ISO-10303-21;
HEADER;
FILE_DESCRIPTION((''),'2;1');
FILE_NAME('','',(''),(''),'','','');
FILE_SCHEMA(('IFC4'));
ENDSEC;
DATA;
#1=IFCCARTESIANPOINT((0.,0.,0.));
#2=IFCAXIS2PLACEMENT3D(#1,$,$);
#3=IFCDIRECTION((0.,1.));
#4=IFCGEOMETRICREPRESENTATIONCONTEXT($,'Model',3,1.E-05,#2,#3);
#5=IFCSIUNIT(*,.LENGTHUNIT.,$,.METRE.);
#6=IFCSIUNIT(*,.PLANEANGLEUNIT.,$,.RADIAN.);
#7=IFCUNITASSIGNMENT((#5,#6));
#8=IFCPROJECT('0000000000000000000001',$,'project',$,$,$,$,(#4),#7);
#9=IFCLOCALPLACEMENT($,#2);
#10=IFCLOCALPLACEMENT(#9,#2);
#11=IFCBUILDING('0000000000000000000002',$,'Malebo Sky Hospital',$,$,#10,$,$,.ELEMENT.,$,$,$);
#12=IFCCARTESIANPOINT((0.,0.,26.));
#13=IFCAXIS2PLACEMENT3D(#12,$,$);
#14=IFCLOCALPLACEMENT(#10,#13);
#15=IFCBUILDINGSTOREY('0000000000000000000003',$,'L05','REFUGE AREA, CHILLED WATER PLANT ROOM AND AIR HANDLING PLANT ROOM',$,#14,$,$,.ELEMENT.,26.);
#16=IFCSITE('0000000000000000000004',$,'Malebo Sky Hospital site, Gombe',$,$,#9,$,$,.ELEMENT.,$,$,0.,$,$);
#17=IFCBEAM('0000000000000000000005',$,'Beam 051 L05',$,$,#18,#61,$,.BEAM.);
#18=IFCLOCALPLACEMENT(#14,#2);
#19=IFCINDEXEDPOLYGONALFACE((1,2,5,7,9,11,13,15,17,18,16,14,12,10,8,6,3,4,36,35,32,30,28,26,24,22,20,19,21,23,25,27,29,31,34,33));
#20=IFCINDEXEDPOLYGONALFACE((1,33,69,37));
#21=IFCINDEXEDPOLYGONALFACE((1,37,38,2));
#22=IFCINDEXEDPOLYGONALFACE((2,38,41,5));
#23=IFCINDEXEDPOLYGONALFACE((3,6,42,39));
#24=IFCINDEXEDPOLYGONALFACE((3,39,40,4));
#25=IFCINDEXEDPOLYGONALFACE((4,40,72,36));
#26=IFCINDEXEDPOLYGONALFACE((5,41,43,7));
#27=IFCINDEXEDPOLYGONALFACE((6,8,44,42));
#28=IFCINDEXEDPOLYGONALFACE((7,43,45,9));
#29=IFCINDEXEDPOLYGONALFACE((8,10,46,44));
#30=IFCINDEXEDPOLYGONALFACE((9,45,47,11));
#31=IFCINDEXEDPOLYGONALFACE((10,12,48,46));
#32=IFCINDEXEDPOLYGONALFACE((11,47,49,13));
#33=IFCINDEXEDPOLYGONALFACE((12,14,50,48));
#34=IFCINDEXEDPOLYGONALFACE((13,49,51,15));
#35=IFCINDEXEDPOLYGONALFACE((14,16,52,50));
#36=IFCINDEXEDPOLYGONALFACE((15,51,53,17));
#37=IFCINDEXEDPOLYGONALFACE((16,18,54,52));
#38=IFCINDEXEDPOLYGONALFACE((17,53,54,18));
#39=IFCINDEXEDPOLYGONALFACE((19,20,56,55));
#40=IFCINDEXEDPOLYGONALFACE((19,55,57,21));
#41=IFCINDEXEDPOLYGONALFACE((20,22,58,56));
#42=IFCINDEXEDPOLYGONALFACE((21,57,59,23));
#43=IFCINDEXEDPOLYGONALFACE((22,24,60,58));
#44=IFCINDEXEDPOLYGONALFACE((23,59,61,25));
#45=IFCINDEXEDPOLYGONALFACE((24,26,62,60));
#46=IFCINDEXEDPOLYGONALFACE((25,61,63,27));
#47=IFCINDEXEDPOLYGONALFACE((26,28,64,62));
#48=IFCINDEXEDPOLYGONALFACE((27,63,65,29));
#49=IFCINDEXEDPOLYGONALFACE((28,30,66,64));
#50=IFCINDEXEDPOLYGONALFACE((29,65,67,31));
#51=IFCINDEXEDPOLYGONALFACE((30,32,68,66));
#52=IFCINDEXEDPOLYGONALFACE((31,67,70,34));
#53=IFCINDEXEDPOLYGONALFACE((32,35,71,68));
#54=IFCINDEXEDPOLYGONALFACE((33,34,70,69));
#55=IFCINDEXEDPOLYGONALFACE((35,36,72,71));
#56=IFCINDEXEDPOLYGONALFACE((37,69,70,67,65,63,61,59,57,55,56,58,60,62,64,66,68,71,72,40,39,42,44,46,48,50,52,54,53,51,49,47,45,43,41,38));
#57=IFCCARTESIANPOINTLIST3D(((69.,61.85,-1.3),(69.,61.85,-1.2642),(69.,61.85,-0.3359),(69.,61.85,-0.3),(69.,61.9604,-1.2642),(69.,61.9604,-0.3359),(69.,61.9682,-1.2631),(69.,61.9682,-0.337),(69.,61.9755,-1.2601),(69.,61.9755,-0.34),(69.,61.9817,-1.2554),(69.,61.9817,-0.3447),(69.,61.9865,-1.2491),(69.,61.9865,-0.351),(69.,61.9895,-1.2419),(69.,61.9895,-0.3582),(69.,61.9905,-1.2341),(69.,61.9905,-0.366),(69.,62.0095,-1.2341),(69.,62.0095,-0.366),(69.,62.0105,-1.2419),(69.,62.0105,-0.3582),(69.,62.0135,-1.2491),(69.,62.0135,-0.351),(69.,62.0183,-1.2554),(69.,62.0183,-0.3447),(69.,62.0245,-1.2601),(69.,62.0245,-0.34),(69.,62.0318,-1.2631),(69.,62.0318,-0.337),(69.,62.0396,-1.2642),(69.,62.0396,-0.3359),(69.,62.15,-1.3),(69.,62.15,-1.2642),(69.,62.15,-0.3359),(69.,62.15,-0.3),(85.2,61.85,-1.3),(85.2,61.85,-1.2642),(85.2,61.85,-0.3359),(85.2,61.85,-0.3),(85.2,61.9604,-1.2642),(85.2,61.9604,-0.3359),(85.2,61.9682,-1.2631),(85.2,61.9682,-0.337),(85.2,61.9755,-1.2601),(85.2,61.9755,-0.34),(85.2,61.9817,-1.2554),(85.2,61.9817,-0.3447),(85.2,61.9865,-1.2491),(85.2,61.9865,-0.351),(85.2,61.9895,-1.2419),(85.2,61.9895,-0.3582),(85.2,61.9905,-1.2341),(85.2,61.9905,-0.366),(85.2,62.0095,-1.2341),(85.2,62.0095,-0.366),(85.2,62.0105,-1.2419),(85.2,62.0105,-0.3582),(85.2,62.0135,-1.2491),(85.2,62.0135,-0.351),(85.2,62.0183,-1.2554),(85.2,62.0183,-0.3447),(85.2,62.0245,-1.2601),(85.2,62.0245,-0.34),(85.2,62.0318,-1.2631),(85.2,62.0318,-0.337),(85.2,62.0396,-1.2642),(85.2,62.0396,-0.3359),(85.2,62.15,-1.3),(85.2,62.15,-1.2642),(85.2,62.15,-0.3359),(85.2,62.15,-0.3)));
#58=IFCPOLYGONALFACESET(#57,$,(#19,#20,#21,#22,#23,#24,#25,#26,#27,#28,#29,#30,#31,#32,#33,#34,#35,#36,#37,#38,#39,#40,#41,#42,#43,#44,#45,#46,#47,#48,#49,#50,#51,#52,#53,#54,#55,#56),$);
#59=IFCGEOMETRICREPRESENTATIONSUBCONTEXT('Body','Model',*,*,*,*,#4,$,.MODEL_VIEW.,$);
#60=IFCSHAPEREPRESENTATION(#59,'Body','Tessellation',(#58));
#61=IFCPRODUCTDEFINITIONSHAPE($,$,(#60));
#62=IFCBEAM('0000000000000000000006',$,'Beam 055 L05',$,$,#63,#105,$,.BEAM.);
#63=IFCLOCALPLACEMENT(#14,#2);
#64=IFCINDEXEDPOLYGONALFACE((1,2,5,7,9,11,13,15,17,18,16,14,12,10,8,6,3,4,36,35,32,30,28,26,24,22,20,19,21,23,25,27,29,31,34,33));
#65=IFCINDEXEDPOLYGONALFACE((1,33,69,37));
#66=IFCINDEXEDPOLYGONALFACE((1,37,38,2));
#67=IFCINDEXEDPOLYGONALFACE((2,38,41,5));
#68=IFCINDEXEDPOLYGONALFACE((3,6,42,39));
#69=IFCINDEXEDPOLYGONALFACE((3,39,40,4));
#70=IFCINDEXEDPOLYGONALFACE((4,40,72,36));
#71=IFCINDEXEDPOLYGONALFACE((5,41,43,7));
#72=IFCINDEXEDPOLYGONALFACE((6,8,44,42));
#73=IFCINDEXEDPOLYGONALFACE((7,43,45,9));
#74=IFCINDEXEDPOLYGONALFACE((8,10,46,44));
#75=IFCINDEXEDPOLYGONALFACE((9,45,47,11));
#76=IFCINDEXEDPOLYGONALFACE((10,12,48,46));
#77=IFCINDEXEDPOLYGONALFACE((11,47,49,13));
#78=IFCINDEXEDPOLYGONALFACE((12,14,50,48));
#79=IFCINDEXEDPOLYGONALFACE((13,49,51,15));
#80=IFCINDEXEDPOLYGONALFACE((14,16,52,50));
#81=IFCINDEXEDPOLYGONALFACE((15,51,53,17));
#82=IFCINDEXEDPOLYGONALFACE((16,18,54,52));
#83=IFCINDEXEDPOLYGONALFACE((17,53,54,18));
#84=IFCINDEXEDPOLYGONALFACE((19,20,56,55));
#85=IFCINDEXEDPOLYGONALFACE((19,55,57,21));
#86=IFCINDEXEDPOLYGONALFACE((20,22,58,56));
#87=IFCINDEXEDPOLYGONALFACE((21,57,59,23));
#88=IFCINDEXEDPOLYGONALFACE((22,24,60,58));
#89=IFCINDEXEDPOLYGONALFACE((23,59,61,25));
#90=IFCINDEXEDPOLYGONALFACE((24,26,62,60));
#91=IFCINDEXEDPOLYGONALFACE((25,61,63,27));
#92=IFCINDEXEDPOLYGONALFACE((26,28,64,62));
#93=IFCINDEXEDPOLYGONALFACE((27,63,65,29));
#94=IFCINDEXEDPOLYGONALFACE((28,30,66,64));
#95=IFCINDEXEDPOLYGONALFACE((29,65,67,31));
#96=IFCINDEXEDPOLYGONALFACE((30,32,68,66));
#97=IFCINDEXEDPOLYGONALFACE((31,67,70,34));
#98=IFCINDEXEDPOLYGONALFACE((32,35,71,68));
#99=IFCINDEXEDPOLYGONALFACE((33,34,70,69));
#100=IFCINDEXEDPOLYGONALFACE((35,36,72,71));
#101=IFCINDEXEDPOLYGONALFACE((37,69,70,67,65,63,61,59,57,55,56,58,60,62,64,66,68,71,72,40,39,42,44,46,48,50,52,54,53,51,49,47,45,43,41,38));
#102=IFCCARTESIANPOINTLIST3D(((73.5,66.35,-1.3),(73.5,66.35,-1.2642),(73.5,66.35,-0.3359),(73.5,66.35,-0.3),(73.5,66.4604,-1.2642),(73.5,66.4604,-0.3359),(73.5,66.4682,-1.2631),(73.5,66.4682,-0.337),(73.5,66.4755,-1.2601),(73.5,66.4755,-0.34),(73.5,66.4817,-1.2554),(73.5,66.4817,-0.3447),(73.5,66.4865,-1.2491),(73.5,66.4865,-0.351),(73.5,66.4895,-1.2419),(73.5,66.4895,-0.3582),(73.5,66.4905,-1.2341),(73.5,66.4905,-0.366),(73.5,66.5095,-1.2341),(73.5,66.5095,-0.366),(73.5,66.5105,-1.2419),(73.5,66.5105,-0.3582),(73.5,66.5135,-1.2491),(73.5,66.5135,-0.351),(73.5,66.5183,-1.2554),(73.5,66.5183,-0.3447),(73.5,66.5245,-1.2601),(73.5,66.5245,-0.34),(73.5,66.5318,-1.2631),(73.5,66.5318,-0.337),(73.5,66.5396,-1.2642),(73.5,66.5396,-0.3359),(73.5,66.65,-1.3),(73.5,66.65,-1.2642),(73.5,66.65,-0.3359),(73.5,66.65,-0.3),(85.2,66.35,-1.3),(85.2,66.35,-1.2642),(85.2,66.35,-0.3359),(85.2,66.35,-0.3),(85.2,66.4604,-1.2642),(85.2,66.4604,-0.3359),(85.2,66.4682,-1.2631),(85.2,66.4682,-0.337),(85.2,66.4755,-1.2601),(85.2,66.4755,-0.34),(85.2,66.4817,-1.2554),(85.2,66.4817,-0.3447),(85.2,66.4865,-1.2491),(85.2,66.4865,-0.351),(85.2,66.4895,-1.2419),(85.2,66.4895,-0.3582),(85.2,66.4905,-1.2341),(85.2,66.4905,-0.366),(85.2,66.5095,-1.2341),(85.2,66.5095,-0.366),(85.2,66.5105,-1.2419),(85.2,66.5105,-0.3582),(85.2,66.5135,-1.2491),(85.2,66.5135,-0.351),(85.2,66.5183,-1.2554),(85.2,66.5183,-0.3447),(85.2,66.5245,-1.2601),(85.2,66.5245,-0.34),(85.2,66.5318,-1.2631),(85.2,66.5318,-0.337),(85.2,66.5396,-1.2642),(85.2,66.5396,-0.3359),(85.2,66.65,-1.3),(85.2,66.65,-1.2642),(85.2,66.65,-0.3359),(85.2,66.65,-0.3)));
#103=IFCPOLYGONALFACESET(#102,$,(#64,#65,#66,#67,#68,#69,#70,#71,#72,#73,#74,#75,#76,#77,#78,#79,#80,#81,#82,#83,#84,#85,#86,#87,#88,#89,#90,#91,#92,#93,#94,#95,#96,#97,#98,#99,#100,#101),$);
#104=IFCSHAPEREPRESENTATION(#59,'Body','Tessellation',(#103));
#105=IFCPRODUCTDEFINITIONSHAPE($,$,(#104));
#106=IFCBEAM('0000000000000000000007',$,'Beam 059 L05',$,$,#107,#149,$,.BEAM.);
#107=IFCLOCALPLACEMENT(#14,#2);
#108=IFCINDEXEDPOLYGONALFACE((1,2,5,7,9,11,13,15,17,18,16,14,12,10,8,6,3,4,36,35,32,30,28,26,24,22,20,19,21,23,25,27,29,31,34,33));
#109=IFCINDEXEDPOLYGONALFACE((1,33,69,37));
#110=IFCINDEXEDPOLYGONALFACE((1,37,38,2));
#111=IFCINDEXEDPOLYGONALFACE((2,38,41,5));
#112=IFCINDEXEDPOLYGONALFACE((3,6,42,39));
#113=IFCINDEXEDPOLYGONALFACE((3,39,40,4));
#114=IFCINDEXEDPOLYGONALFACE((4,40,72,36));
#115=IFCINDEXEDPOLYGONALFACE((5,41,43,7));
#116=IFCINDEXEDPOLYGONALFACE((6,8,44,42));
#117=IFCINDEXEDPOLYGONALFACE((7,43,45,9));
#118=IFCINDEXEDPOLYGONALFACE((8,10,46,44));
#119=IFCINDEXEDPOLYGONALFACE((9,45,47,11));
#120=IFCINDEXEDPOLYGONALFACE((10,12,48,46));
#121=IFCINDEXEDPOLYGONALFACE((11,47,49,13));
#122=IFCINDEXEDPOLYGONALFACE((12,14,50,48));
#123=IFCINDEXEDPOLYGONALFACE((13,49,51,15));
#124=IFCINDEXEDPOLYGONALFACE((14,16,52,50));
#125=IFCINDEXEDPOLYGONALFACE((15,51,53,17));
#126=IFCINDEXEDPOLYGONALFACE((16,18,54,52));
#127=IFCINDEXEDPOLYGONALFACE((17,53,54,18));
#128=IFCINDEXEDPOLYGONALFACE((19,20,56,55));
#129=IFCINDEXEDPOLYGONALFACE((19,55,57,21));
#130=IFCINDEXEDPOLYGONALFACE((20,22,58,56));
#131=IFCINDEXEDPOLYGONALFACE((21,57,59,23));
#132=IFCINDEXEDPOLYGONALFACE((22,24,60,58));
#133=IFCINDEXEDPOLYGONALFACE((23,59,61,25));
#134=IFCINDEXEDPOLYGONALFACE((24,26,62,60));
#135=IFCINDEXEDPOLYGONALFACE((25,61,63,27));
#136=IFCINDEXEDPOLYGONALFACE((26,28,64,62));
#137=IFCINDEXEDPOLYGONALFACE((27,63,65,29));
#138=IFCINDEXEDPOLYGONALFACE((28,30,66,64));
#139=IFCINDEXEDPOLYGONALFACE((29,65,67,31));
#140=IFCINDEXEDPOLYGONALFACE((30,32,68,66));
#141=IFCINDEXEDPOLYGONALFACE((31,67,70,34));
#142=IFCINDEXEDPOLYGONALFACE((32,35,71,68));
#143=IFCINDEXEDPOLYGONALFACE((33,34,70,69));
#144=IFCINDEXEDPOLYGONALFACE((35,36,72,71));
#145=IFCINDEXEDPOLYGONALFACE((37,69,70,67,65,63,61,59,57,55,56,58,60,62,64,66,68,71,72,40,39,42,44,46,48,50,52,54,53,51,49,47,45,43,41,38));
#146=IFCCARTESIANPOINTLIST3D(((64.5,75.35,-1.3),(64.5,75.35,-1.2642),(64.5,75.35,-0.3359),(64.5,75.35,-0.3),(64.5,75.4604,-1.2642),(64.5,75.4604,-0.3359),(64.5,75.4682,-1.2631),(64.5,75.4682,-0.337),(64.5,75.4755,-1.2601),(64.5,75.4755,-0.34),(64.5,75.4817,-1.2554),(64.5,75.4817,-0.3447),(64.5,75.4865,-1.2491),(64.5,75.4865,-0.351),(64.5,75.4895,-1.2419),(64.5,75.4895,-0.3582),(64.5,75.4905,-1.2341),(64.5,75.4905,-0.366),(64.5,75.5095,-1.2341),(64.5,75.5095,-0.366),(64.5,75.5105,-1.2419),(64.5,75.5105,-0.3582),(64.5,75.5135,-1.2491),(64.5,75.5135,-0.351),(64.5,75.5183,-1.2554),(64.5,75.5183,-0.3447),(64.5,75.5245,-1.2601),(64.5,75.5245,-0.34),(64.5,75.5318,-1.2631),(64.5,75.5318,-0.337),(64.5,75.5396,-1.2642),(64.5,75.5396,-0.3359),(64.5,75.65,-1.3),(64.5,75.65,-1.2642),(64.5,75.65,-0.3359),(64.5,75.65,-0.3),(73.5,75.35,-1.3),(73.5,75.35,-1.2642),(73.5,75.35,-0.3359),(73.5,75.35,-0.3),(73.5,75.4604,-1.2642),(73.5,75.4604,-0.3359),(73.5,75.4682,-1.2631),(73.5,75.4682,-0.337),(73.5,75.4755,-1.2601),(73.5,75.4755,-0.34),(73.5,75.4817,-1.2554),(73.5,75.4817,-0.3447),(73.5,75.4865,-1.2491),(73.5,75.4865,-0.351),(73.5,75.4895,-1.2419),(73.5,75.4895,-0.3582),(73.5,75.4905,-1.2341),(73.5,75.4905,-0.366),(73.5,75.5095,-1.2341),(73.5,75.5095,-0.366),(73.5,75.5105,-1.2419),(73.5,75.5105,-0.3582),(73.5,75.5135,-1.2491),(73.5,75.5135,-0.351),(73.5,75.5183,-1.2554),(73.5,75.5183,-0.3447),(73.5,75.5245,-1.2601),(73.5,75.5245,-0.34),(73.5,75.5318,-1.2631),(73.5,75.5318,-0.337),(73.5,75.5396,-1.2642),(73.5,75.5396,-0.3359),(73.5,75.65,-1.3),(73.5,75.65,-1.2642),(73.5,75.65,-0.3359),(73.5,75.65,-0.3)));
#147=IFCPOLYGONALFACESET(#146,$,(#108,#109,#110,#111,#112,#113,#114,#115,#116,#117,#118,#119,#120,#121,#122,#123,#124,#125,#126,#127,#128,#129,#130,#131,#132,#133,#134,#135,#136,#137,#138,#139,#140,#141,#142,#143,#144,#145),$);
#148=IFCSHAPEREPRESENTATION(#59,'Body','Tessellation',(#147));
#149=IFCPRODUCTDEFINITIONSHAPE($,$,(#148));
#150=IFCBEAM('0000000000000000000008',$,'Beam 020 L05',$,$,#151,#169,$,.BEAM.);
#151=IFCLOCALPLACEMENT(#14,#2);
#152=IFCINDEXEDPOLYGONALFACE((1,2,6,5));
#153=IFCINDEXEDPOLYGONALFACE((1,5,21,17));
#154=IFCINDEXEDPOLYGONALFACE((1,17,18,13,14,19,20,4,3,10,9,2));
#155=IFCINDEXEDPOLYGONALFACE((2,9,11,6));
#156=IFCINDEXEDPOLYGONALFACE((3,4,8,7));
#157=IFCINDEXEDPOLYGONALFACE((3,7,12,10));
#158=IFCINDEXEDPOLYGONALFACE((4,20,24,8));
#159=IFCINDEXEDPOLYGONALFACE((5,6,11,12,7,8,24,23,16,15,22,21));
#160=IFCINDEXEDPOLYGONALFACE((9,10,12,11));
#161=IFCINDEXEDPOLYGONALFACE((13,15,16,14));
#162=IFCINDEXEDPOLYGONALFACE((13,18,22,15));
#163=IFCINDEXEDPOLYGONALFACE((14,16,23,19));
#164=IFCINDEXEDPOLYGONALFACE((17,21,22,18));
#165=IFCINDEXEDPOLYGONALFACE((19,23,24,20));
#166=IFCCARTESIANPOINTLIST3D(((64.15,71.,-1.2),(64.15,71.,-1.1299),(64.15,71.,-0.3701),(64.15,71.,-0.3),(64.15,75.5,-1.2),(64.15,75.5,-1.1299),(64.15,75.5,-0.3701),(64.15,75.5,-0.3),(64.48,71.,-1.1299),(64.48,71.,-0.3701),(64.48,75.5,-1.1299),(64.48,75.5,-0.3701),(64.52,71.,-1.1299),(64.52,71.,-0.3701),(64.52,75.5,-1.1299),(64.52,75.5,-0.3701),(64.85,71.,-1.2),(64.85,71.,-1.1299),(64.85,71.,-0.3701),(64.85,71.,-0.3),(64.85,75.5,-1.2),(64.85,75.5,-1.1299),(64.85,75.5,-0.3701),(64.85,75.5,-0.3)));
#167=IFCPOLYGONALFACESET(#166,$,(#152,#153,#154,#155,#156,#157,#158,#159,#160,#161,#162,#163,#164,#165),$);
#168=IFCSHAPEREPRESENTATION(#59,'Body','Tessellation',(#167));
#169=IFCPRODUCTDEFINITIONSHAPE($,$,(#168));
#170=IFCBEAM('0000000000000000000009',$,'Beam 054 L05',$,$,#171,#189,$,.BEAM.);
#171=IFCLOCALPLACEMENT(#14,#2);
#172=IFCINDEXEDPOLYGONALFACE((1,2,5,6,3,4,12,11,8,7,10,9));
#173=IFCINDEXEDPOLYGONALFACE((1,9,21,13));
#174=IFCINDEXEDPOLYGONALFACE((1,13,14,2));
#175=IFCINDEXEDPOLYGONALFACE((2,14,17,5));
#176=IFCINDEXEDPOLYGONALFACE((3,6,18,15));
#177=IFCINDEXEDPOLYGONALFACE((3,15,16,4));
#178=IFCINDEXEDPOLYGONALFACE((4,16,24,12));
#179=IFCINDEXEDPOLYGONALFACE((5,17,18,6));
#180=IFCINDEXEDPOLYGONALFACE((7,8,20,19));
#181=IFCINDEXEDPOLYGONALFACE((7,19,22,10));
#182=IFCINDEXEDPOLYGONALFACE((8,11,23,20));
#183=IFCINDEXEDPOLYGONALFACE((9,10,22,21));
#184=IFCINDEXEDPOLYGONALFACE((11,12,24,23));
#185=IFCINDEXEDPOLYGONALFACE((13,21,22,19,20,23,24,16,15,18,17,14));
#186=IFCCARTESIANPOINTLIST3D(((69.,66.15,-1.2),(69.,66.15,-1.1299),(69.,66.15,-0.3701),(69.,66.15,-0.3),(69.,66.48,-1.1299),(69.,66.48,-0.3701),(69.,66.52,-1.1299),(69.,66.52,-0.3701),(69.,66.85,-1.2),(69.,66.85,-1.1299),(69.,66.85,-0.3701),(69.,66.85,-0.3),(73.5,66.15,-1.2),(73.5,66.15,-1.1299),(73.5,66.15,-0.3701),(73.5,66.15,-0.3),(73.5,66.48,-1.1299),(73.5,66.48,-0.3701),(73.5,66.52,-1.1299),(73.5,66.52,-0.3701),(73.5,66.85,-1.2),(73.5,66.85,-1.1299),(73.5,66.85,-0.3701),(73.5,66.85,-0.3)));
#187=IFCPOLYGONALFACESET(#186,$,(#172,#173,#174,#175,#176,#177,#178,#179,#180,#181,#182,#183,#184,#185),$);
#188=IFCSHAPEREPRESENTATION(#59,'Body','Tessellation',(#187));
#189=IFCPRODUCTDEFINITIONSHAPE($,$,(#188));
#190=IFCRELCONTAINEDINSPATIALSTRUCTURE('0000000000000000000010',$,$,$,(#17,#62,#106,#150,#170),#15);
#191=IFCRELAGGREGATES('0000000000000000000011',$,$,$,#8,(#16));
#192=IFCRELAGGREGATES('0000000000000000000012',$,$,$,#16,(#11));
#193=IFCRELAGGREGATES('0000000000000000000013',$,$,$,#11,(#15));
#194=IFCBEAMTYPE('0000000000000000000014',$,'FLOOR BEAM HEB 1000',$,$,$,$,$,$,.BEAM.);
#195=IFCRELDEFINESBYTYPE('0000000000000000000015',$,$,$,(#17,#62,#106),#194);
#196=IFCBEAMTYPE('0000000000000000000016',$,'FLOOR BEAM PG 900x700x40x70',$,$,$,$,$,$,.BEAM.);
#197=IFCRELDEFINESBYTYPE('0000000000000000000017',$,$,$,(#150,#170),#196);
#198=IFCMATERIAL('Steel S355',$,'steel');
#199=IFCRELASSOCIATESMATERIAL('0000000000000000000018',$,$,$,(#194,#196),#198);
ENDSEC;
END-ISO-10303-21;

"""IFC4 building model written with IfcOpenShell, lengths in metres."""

from ifc_helpers import new_model, si_unit, direction, frame, origin, origin_2d, place, context, subcontext, project, spatial, i_section, extrude, material, material_profile, profile_set, type_object, element, save


model = new_model("IFC4")

# Units and contexts
model_context = context("Model", 3, precision=1e-05, world=origin(), true_north=direction((0.0, 1.0)))
body_context = subcontext(model_context, "Body", "Model", "MODEL_VIEW")
ifc_project = project(units=[si_unit("LENGTHUNIT", "METRE"), si_unit("PLANEANGLEUNIT", "RADIAN")], contexts=[model_context])

# Site, building, storey
site_placement = place(None, origin())
site = spatial("IfcSite", under=ifc_project, at=site_placement, Name="Malebo Sky Hospital site, Gombe", CompositionType="ELEMENT", RefElevation=0.0)
building_placement = place(site_placement, origin())
building = spatial("IfcBuilding", under=site, at=building_placement, Name="Malebo Sky Hospital", CompositionType="ELEMENT")
storey_placement = place(building_placement, frame((0.0, 0.0, 26.0)))
storey = spatial("IfcBuildingStorey", under=building, at=storey_placement, Name="L05", Description="REFUGE AREA, CHILLED WATER PLANT ROOM AND AIR HANDLING PLANT ROOM", CompositionType="ELEMENT", Elevation=26.0)

# Beams
ifc_material_1 = material(Name="Steel S355", Category="steel")
ifc_material_profile_1 = material_profile(ifc_material_1, i_section(OverallWidth=0.3, OverallDepth=1.0, WebThickness=0.019, FlangeThickness=0.0359, FilletRadius=0.03, at=origin_2d()), Name="HEB 1000")
ifc_profile_set_1 = profile_set([ifc_material_profile_1], Name="Steel S355")
beam_type_1 = type_object("IfcBeamType", Name="FLOOR BEAM HEB 1000", PredefinedType="BEAM", material=ifc_profile_set_1)
beam_1_placement = place(storey_placement, frame((69.0, 62.0, -0.8), z_axis=(1.0, 0.0, 0.0), x_axis=(0.0, 1.0, 0.0)))
element("IfcBeam", 1, at=beam_1_placement, inside=storey, type_object=beam_type_1, Name="Beam 051 L05", PredefinedType="BEAM", context=body_context, shape_type="SweptSolid", body=[
    extrude(i_section(OverallWidth=0.3, OverallDepth=1.0, WebThickness=0.019, FlangeThickness=0.0359, FilletRadius=0.03, at=origin_2d()), origin(), (0.0, 0.0, 1.0), 16.2),
])
beam_2_placement = place(storey_placement, frame((73.5, 66.5, -0.8), z_axis=(1.0, 0.0, 0.0), x_axis=(0.0, 1.0, 0.0)))
element("IfcBeam", 2, at=beam_2_placement, inside=storey, type_object=beam_type_1, Name="Beam 055 L05", PredefinedType="BEAM", context=body_context, shape_type="SweptSolid", body=[
    extrude(i_section(OverallWidth=0.3, OverallDepth=1.0, WebThickness=0.019, FlangeThickness=0.0359, FilletRadius=0.03, at=origin_2d()), origin(), (0.0, 0.0, 1.0), 11.7),
])
beam_3_placement = place(storey_placement, frame((64.5, 75.5, -0.8), z_axis=(1.0, 0.0, 0.0), x_axis=(0.0, 1.0, 0.0)))
element("IfcBeam", 3, at=beam_3_placement, inside=storey, type_object=beam_type_1, Name="Beam 059 L05", PredefinedType="BEAM", context=body_context, shape_type="SweptSolid", body=[
    extrude(i_section(OverallWidth=0.3, OverallDepth=1.0, WebThickness=0.019, FlangeThickness=0.0359, FilletRadius=0.03, at=origin_2d()), origin(), (0.0, 0.0, 1.0), 9.0),
])
ifc_material_profile_2 = material_profile(ifc_material_1, i_section(OverallWidth=0.7, OverallDepth=0.8999, WebThickness=0.04, FlangeThickness=0.0701, at=origin_2d()), Name="PG 900x700x40x70")
ifc_profile_set_2 = profile_set([ifc_material_profile_2], Name="Steel S355")
beam_type_2 = type_object("IfcBeamType", Name="FLOOR BEAM PG 900x700x40x70", PredefinedType="BEAM", material=ifc_profile_set_2)
for number, where, z_axis, x_axis, name in (
    (4, (64.5, 71.0, -0.75), (0.0, 1.0, 0.0), (-1.0, 0.0, 0.0), "Beam 020 L05"),
    (5, (69.0, 66.5, -0.75), (1.0, 0.0, 0.0), (0.0, 1.0, 0.0), "Beam 054 L05"),
):
    element("IfcBeam", number, at=place(storey_placement, frame(where, z_axis=z_axis, x_axis=x_axis)), inside=storey, type_object=beam_type_2, Name=name, PredefinedType="BEAM", context=body_context, shape_type="SweptSolid", body=[
        extrude(i_section(OverallWidth=0.7, OverallDepth=0.8999, WebThickness=0.04, FlangeThickness=0.0701, at=origin_2d()), origin(), (0.0, 0.0, 1.0), 4.5),
    ])

save(model, "model.ifc")
